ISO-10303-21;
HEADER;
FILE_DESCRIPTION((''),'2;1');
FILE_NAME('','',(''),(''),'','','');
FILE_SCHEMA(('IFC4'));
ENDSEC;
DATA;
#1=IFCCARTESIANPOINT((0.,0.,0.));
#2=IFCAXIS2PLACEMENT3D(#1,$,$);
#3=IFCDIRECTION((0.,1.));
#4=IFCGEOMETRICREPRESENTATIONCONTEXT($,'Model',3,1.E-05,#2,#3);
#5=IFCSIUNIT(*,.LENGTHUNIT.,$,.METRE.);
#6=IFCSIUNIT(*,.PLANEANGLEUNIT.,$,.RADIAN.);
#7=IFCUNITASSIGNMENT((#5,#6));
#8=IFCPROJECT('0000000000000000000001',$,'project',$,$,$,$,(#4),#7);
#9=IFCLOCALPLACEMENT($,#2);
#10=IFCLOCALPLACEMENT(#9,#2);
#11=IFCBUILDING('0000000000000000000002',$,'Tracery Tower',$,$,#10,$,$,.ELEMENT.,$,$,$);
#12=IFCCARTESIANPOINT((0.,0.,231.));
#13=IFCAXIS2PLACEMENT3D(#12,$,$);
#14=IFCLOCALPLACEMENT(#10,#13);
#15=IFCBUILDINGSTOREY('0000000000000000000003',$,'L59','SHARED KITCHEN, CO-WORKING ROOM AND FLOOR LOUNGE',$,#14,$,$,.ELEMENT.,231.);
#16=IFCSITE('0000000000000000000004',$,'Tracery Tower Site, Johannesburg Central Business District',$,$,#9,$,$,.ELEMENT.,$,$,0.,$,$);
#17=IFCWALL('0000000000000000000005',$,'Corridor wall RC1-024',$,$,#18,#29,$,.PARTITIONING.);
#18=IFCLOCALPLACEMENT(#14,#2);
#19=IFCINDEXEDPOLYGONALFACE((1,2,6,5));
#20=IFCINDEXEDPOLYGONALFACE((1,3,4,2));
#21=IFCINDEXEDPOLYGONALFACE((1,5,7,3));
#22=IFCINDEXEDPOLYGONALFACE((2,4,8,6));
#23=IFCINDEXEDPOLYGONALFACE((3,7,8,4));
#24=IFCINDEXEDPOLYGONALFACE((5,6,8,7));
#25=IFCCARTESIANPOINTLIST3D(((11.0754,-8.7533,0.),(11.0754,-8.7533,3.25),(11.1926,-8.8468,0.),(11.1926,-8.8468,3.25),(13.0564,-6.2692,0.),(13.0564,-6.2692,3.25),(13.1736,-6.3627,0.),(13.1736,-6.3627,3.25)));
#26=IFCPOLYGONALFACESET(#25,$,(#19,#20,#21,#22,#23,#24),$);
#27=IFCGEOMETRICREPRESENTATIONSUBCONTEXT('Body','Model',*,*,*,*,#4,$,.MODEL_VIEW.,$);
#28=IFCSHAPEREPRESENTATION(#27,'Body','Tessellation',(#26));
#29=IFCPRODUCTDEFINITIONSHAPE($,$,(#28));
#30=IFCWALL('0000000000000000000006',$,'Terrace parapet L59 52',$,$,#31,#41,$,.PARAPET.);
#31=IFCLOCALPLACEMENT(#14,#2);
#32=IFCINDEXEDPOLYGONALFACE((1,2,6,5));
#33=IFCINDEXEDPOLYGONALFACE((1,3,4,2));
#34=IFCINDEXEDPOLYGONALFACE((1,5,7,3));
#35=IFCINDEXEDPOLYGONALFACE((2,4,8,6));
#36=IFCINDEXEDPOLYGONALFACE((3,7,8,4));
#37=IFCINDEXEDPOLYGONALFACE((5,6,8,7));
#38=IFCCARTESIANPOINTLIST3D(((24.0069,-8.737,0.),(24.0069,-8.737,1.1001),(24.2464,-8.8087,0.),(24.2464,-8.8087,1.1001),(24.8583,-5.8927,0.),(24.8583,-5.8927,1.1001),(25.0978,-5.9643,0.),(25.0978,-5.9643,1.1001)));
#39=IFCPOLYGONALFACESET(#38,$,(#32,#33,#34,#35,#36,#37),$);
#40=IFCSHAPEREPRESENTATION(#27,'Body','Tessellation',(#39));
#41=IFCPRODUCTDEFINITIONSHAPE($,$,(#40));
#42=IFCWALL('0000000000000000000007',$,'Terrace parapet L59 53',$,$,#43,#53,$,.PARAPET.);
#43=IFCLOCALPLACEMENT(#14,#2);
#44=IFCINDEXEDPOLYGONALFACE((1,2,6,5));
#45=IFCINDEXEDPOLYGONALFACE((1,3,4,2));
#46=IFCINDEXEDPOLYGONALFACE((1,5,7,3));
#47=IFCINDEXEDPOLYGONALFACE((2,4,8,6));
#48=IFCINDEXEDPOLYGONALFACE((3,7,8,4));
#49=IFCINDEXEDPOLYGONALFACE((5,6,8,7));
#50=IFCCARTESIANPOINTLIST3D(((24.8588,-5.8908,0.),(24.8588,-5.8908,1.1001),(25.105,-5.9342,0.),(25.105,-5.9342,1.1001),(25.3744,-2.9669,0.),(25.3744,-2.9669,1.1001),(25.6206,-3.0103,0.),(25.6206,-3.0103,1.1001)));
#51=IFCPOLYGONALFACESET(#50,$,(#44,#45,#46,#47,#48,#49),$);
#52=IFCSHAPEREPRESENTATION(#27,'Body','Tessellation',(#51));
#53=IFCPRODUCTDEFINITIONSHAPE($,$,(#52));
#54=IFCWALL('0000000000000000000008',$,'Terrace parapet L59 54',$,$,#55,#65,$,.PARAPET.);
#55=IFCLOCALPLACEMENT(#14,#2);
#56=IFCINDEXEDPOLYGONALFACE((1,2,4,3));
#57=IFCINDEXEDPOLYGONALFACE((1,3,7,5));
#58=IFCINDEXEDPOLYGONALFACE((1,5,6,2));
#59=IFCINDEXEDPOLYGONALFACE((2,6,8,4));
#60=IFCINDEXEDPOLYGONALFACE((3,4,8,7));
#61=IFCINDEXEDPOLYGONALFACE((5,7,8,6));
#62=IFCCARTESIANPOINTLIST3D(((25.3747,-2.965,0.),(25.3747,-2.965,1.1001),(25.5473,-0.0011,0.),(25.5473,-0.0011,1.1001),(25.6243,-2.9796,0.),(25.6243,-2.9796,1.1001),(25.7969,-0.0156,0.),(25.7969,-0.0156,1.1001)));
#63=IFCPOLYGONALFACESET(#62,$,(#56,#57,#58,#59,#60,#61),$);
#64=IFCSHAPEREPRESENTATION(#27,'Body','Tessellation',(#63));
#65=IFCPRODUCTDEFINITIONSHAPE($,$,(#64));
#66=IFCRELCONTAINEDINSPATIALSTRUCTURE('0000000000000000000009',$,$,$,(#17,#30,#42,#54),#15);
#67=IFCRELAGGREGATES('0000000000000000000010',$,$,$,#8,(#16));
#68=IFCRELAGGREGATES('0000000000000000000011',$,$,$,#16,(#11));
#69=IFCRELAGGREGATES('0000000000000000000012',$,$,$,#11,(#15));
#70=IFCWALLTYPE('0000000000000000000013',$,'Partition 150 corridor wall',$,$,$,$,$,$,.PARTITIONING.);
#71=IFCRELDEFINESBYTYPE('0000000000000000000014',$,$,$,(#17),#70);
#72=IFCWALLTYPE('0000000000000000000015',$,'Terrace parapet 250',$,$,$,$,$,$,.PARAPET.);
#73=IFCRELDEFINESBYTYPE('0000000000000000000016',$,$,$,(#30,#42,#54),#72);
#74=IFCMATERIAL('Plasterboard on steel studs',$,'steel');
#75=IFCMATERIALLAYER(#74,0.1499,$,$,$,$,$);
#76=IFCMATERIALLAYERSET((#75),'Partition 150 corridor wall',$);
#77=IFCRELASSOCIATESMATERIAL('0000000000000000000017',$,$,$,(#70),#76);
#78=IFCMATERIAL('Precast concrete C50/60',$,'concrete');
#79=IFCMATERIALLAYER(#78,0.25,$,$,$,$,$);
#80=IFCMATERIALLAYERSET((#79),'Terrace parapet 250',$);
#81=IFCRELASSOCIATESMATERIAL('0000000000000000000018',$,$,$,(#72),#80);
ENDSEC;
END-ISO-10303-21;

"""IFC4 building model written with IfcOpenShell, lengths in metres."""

from ifc_helpers import new_model, si_unit, direction, frame, frame_2d, origin, place, context, subcontext, project, spatial, rectangle, extrude, material, layer, layer_set, type_object, element, save


model = new_model("IFC4")

# Units and contexts
model_context = context("Model", 3, precision=1e-05, world=origin(), true_north=direction((0.0, 1.0)))
body_context = subcontext(model_context, "Body", "Model", "MODEL_VIEW")
ifc_project = project(units=[si_unit("LENGTHUNIT", "METRE"), si_unit("PLANEANGLEUNIT", "RADIAN")], contexts=[model_context])

# Site, building, storey
site_placement = place(None, origin())
site = spatial("IfcSite", under=ifc_project, at=site_placement, Name="Tracery Tower Site, Johannesburg Central Business District", CompositionType="ELEMENT", RefElevation=0.0)
building_placement = place(site_placement, origin())
building = spatial("IfcBuilding", under=site, at=building_placement, Name="Tracery Tower", CompositionType="ELEMENT")
storey_placement = place(building_placement, frame((0.0, 0.0, 231.0)))
storey = spatial("IfcBuildingStorey", under=building, at=storey_placement, Name="L59", Description="SHARED KITCHEN, CO-WORKING ROOM AND FLOOR LOUNGE", CompositionType="ELEMENT", Elevation=231.0)

# Shared definitions
ifc_material_1 = material(Name="Plasterboard on steel studs", Category="steel")
ifc_layer_1 = layer(ifc_material_1, 0.1499)
ifc_layer_set_1 = layer_set([ifc_layer_1], Name="Partition 150 corridor wall")
wall_type_1 = type_object("IfcWallType", Name="Partition 150 corridor wall", PredefinedType="PARTITIONING", material=ifc_layer_set_1)

# Walls
wall_1_placement = place(storey_placement, frame((11.134, -8.8, 0.0), z_axis=(0.0, 0.0, 1.0), x_axis=(0.623476, 0.781842, 0.0)))
element("IfcWall", 1, at=wall_1_placement, inside=storey, type_object=wall_type_1, Name="Corridor wall RC1-024", PredefinedType="PARTITIONING", context=body_context, shape_type="SweptSolid", body=[
    extrude(rectangle(XDim=3.1772, YDim=0.1499, at=frame_2d((1.5886, 0.0))), origin(), (0.0, 0.0, 1.0), 3.25),
])
ifc_material_2 = material(Name="Precast concrete C50/60", Category="concrete")
ifc_layer_2 = layer(ifc_material_2, 0.25)
ifc_layer_set_2 = layer_set([ifc_layer_2], Name="Terrace parapet 250")
wall_type_2 = type_object("IfcWallType", Name="Terrace parapet 250", PredefinedType="PARAPET", material=ifc_layer_set_2)
for number, where, z_axis, x_axis, name in (
    (2, (24.1267, -8.7727, 0.0), (0.0, 0.0, 1.0), (0.286744, 0.958007, 0.0), "Terrace parapet L59 52"),
    (3, (24.9819, -5.9124, 0.0), (0.0, 0.0, 1.0), (0.173673, 0.984803, 0.0), "Terrace parapet L59 53"),
    (4, (25.4995, -2.9722, 0.0), (0.0, 0.0, 1.0), (0.058139, 0.998309, 0.0), "Terrace parapet L59 54"),
):
    element("IfcWall", number, at=place(storey_placement, frame(where, z_axis=z_axis, x_axis=x_axis)), inside=storey, type_object=wall_type_2, Name=name, PredefinedType="PARAPET", context=body_context, shape_type="SweptSolid", body=[
        extrude(rectangle(XDim=2.969, YDim=0.25, at=frame_2d((1.4844, 0.0))), origin(), (0.0, 0.0, 1.0), 1.1001),
    ])

save(model, "model.ifc")
